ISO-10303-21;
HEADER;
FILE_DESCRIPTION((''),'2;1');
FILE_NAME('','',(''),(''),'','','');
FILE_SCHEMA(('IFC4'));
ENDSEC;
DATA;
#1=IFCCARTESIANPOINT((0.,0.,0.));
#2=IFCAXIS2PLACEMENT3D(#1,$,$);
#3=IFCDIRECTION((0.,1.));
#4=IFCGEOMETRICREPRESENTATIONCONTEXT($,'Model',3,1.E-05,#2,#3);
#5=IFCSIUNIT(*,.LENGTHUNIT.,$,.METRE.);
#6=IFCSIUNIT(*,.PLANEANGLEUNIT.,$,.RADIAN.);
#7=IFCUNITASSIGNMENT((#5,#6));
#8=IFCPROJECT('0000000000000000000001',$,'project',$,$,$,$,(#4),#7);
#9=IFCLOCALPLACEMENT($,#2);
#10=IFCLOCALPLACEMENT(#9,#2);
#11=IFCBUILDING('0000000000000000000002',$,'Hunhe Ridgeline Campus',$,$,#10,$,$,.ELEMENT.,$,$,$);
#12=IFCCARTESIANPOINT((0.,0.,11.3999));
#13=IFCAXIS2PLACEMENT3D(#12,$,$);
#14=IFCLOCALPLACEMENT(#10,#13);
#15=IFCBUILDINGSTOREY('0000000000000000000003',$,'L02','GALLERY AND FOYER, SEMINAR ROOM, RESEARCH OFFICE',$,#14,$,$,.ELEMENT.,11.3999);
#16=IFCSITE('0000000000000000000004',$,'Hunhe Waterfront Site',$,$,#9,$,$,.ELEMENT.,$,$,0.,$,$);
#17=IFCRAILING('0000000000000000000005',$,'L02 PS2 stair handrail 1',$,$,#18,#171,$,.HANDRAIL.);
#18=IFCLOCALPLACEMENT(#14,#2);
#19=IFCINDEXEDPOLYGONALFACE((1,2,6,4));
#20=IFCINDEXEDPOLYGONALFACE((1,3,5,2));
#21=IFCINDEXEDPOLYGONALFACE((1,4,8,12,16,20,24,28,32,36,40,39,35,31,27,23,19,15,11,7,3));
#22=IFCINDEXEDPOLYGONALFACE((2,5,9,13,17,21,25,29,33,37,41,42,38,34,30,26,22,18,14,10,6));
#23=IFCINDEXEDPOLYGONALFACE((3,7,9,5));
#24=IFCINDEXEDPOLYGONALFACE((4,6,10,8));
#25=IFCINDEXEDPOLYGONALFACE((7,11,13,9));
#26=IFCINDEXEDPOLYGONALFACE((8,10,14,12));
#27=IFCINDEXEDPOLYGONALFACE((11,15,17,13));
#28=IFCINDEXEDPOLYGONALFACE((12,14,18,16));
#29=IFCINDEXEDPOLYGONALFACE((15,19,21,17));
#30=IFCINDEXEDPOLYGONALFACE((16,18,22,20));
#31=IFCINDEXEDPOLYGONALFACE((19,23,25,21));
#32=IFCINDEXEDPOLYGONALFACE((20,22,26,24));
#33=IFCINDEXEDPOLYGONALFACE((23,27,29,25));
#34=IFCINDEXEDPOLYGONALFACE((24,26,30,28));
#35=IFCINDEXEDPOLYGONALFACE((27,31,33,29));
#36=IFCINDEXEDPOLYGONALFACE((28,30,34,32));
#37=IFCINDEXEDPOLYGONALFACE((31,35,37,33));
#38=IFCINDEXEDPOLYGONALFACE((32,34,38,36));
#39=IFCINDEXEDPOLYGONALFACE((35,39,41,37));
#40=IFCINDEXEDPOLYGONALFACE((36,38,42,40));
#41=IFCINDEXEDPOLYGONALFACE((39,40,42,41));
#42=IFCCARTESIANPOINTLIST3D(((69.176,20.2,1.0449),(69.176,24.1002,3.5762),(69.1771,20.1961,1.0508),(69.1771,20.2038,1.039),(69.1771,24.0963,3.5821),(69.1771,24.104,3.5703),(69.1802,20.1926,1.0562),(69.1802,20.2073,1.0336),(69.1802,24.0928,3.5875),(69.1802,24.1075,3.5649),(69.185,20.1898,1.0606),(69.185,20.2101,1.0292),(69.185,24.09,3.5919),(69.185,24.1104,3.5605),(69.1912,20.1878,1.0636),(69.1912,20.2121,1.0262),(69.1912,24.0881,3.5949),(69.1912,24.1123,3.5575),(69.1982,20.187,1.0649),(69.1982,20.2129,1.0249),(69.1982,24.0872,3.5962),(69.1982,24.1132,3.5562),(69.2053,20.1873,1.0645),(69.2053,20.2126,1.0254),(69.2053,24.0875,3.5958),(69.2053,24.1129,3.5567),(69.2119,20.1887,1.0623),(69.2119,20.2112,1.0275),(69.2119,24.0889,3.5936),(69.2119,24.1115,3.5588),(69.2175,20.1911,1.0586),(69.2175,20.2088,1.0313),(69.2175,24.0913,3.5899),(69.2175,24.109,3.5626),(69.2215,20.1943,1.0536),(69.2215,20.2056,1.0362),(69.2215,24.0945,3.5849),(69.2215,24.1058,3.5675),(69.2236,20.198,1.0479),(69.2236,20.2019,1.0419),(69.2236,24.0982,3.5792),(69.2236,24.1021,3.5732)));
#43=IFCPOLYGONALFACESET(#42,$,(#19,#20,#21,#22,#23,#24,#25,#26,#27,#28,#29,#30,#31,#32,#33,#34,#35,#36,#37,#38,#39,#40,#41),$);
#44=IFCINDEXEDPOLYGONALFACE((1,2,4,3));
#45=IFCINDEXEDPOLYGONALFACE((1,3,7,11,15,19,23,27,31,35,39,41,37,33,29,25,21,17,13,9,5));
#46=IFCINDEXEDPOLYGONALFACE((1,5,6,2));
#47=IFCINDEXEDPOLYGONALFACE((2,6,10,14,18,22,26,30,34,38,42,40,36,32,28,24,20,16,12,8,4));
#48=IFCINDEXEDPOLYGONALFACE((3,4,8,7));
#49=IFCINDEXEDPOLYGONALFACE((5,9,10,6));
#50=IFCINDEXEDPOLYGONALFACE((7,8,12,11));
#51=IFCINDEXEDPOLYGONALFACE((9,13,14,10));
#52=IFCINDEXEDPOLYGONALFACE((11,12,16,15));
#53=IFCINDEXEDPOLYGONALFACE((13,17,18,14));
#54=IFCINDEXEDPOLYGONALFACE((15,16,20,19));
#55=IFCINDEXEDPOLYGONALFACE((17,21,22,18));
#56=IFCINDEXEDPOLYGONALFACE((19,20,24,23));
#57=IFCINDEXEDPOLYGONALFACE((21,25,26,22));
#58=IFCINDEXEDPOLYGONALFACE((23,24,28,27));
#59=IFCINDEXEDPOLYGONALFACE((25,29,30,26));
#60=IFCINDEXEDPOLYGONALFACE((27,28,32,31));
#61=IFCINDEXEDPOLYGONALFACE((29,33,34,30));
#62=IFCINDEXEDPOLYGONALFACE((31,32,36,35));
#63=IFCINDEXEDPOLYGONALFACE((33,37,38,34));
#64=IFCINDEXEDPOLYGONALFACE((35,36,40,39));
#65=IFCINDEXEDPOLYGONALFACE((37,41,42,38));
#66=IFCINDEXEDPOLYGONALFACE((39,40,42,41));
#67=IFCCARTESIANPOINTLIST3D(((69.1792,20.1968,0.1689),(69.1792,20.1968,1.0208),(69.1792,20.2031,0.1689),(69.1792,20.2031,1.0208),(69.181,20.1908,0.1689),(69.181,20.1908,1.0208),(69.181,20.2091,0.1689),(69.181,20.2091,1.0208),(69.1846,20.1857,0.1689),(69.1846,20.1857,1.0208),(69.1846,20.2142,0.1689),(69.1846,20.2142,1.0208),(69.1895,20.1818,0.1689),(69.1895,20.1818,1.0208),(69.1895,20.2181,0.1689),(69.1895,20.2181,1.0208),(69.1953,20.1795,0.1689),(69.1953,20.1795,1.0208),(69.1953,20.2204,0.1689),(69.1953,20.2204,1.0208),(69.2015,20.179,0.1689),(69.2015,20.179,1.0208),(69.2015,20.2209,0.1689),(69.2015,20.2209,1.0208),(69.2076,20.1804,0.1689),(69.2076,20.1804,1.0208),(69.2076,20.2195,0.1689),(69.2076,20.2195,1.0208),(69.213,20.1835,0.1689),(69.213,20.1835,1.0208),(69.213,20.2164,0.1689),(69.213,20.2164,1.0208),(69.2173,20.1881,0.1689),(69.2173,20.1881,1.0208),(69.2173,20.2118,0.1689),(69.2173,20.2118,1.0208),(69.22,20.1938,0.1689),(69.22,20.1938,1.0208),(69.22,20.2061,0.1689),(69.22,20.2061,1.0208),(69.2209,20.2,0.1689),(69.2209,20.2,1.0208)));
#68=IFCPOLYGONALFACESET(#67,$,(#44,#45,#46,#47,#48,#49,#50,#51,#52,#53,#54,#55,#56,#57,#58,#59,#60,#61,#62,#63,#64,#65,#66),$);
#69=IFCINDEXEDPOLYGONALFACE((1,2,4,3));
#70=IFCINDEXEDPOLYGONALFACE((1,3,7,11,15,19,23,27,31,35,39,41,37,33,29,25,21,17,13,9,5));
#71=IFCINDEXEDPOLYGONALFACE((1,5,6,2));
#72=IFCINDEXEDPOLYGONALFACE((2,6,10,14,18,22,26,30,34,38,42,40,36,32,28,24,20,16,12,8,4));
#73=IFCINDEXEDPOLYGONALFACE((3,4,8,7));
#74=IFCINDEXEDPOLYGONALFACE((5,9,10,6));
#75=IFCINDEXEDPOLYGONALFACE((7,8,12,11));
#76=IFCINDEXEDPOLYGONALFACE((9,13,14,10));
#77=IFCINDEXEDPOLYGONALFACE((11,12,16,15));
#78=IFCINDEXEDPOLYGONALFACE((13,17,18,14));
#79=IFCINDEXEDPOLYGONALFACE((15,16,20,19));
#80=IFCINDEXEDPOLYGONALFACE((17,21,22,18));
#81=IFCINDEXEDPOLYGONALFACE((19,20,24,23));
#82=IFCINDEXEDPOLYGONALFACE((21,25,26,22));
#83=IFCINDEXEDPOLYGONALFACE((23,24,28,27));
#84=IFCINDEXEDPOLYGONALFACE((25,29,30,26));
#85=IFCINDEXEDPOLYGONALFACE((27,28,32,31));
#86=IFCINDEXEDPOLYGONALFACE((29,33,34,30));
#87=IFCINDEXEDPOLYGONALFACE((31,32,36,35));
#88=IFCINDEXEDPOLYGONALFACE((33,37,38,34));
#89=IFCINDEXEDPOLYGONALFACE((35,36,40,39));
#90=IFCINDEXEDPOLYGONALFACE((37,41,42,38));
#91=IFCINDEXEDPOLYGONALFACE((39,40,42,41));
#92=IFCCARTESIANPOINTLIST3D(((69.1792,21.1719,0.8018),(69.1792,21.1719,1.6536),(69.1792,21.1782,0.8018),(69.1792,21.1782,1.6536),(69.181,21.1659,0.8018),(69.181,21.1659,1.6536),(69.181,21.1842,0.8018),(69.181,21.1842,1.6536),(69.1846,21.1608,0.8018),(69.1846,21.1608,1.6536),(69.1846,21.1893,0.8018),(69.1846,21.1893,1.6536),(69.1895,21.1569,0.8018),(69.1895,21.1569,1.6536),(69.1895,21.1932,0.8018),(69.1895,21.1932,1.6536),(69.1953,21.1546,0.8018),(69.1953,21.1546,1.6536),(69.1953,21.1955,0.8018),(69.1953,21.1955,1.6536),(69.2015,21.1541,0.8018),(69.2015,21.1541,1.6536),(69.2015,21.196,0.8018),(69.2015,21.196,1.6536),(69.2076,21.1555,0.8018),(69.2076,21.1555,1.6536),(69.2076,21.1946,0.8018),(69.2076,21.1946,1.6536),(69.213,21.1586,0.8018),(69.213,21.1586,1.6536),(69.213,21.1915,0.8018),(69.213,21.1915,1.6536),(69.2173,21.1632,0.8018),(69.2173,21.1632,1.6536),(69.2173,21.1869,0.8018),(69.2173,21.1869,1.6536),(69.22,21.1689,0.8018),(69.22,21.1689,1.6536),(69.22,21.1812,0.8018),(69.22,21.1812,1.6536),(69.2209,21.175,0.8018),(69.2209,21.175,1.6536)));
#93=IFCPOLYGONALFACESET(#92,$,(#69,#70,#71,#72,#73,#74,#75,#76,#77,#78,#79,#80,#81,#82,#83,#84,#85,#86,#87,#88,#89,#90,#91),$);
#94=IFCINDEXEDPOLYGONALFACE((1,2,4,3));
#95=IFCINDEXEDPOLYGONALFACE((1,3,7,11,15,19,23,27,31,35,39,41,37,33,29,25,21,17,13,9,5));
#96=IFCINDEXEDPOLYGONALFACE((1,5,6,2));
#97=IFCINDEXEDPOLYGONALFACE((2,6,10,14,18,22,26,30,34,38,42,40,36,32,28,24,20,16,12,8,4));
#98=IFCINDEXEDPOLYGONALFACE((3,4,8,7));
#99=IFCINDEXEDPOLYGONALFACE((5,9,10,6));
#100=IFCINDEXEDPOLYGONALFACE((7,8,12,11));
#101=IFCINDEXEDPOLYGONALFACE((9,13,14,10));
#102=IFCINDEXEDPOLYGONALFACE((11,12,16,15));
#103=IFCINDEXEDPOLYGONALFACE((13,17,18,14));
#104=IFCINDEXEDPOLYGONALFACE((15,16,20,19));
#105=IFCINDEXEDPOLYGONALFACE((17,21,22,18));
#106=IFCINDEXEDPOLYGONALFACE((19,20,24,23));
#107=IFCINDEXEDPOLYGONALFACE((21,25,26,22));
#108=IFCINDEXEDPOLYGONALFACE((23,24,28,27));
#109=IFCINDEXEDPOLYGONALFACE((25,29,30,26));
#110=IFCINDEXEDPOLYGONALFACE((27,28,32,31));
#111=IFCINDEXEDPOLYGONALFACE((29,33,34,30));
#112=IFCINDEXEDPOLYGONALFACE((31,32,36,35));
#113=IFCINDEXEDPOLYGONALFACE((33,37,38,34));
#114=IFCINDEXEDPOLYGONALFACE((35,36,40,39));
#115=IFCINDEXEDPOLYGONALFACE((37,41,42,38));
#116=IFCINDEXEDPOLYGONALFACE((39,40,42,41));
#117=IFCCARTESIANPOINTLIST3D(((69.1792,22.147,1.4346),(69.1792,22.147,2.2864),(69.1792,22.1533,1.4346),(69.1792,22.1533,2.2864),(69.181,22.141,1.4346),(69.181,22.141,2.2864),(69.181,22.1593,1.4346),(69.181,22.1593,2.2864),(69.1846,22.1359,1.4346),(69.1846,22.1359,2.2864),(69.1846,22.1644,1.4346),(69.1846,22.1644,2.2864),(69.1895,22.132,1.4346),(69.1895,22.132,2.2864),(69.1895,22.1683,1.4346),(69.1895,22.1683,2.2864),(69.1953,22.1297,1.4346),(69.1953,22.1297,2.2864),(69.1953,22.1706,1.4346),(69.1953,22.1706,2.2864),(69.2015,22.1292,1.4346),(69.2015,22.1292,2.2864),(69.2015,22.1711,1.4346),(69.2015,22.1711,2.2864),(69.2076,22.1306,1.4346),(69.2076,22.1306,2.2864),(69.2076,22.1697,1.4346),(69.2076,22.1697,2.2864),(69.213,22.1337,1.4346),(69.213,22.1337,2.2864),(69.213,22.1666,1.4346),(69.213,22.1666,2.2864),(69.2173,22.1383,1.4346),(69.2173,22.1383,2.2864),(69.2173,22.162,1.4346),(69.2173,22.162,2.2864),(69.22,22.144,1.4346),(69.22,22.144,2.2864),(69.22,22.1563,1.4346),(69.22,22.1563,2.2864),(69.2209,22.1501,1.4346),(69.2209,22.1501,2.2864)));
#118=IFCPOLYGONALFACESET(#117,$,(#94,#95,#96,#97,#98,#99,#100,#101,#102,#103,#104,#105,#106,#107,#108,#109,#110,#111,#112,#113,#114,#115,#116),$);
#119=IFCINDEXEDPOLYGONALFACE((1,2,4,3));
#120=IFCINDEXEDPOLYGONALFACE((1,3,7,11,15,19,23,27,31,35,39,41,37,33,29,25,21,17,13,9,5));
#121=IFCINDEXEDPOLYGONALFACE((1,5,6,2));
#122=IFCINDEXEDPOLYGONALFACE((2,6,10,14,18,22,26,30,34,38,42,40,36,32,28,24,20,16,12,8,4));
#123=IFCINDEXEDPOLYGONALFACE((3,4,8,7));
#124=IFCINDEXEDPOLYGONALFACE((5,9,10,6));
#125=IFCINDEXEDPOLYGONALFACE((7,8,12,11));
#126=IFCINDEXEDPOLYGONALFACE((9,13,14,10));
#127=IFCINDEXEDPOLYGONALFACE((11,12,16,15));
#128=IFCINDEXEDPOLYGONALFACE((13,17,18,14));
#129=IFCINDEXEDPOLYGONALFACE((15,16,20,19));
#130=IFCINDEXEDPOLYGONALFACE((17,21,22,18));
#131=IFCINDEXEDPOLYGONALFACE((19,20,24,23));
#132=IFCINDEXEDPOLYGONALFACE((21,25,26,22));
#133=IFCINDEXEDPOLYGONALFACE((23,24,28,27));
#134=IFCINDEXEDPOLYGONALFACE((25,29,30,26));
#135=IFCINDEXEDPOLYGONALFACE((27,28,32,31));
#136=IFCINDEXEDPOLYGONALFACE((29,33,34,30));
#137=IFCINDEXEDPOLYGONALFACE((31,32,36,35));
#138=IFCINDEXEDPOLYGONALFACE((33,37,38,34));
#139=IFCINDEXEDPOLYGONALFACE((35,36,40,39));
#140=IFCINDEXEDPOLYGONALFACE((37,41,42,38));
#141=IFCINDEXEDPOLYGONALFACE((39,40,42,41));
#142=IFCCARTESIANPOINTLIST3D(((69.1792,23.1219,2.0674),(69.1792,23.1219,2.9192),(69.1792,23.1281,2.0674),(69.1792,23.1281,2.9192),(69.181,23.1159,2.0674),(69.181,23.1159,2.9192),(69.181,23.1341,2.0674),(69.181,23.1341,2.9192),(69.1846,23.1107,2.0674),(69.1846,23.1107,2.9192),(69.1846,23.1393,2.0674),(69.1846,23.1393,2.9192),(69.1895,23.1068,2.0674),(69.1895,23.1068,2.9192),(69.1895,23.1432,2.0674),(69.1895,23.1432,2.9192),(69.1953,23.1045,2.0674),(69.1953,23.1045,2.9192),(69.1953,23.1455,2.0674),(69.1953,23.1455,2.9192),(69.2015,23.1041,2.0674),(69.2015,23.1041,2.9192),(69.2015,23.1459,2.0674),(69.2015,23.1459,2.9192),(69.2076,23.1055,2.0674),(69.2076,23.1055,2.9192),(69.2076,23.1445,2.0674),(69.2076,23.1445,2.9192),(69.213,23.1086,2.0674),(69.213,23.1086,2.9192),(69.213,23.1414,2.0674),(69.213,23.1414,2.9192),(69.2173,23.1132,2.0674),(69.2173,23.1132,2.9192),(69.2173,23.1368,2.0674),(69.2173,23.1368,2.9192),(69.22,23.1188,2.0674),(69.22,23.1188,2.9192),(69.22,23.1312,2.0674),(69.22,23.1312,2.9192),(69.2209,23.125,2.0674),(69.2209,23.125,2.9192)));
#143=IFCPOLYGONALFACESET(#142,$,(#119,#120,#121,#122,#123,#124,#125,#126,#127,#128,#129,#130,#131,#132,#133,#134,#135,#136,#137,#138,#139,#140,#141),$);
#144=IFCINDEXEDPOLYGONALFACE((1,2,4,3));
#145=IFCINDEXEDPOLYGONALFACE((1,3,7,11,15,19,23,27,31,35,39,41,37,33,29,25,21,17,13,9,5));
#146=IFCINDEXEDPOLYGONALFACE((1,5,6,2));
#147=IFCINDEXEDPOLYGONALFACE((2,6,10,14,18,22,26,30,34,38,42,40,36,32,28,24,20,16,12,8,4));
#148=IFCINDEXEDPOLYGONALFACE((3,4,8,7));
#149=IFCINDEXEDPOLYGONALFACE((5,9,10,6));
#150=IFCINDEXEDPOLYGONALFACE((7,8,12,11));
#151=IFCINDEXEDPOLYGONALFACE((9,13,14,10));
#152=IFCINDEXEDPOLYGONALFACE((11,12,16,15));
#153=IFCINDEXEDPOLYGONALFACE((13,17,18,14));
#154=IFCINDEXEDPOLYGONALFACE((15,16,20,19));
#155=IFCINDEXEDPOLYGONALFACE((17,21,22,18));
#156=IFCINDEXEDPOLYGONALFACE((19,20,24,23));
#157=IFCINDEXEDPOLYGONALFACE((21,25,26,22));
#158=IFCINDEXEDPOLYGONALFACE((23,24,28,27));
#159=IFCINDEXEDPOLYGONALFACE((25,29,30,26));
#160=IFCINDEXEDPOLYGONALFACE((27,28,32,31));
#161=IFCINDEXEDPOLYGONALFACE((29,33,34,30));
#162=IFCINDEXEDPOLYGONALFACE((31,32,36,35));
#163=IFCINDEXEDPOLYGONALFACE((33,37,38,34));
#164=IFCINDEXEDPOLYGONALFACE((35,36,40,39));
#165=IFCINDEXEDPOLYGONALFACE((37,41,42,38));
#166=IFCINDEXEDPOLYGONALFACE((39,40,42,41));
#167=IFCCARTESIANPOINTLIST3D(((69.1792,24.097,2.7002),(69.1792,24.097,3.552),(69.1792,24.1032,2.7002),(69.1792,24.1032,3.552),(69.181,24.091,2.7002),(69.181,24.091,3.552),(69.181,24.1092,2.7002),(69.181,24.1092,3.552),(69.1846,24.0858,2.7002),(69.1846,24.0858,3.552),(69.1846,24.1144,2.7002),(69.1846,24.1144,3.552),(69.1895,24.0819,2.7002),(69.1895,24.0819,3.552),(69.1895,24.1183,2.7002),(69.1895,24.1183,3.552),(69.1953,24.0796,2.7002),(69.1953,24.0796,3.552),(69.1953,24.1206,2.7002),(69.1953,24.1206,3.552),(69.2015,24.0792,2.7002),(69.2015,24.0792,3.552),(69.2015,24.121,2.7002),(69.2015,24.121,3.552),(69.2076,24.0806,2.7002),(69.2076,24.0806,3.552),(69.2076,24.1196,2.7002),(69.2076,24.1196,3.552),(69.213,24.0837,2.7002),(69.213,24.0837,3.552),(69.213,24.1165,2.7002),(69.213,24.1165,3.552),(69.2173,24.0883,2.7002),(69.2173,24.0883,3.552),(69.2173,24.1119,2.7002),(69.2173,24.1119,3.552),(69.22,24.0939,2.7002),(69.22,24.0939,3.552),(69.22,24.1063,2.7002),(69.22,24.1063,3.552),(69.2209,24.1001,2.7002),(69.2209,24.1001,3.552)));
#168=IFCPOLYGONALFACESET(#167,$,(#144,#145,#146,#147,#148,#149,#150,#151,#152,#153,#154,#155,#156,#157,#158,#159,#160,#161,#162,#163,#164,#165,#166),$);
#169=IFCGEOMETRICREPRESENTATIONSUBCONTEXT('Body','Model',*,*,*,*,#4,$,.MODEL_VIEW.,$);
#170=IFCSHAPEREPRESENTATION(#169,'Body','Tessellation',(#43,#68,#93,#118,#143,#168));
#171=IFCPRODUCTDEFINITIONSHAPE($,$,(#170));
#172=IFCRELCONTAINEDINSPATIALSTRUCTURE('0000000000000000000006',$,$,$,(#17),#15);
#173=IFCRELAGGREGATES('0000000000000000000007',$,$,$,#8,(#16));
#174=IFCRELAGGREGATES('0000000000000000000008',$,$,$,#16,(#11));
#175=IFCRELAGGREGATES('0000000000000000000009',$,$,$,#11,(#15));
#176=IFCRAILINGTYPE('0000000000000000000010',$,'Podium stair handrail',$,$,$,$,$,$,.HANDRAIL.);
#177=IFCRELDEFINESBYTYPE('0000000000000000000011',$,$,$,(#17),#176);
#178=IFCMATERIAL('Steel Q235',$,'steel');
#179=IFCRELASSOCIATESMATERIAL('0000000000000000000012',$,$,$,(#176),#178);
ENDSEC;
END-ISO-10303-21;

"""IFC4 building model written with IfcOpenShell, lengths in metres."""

from ifc_helpers import new_model, si_unit, direction, frame, origin, origin_2d, place, context, subcontext, project, spatial, circle, extrude, material, type_object, element, save


model = new_model("IFC4")

# Units and contexts
model_context = context("Model", 3, precision=1e-05, world=origin(), true_north=direction((0.0, 1.0)))
body_context = subcontext(model_context, "Body", "Model", "MODEL_VIEW")
ifc_project = project(units=[si_unit("LENGTHUNIT", "METRE"), si_unit("PLANEANGLEUNIT", "RADIAN")], contexts=[model_context])

# Site, building, storey
site_placement = place(None, origin())
site = spatial("IfcSite", under=ifc_project, at=site_placement, Name="Hunhe Waterfront Site", CompositionType="ELEMENT", RefElevation=0.0)
building_placement = place(site_placement, origin())
building = spatial("IfcBuilding", under=site, at=building_placement, Name="Hunhe Ridgeline Campus", CompositionType="ELEMENT")
storey_placement = place(building_placement, frame((0.0, 0.0, 11.3999)))
storey = spatial("IfcBuildingStorey", under=building, at=storey_placement, Name="L02", Description="GALLERY AND FOYER, SEMINAR ROOM, RESEARCH OFFICE", CompositionType="ELEMENT", Elevation=11.3999)

# Shared definitions
ifc_material_1 = material(Name="Steel Q235", Category="steel")

# Railing
railing_type_1 = type_object("IfcRailingType", Name="Podium stair handrail", PredefinedType="HANDRAIL", material=ifc_material_1)
railing_1_placement = place(storey_placement, frame((69.2, 20.2, 0.1689)))
element("IfcRailing", 1, at=railing_1_placement, inside=storey, type_object=railing_type_1, Name="L02 PS2 stair handrail 1", PredefinedType="HANDRAIL", context=body_context, shape_type="SweptSolid", body=[
    extrude(circle(Radius=0.0239, at=origin_2d()), frame((0.0, 0.0, 0.876), z_axis=(0.0, 0.838821, 0.544407), x_axis=(-1.0, 0.0, 0.0)), (0.0, 0.0, 1.0), 4.6497),
    extrude(circle(Radius=0.021, at=origin_2d()), origin(), (0.0, 0.0, 1.0), 0.8518),
    extrude(circle(Radius=0.021, at=origin_2d()), frame((0.0, 0.9751, 0.6328)), (0.0, 0.0, 1.0), 0.8518),
    extrude(circle(Radius=0.021, at=origin_2d()), frame((0.0, 1.9502, 1.2656)), (0.0, 0.0, 1.0), 0.8518),
    extrude(circle(Radius=0.021, at=origin_2d()), frame((0.0, 2.925, 1.8984)), (0.0, 0.0, 1.0), 0.8518),
    extrude(circle(Radius=0.021, at=origin_2d()), frame((0.0, 3.9001, 2.5312)), (0.0, 0.0, 1.0), 0.8518),
])

save(model, "model.ifc")
